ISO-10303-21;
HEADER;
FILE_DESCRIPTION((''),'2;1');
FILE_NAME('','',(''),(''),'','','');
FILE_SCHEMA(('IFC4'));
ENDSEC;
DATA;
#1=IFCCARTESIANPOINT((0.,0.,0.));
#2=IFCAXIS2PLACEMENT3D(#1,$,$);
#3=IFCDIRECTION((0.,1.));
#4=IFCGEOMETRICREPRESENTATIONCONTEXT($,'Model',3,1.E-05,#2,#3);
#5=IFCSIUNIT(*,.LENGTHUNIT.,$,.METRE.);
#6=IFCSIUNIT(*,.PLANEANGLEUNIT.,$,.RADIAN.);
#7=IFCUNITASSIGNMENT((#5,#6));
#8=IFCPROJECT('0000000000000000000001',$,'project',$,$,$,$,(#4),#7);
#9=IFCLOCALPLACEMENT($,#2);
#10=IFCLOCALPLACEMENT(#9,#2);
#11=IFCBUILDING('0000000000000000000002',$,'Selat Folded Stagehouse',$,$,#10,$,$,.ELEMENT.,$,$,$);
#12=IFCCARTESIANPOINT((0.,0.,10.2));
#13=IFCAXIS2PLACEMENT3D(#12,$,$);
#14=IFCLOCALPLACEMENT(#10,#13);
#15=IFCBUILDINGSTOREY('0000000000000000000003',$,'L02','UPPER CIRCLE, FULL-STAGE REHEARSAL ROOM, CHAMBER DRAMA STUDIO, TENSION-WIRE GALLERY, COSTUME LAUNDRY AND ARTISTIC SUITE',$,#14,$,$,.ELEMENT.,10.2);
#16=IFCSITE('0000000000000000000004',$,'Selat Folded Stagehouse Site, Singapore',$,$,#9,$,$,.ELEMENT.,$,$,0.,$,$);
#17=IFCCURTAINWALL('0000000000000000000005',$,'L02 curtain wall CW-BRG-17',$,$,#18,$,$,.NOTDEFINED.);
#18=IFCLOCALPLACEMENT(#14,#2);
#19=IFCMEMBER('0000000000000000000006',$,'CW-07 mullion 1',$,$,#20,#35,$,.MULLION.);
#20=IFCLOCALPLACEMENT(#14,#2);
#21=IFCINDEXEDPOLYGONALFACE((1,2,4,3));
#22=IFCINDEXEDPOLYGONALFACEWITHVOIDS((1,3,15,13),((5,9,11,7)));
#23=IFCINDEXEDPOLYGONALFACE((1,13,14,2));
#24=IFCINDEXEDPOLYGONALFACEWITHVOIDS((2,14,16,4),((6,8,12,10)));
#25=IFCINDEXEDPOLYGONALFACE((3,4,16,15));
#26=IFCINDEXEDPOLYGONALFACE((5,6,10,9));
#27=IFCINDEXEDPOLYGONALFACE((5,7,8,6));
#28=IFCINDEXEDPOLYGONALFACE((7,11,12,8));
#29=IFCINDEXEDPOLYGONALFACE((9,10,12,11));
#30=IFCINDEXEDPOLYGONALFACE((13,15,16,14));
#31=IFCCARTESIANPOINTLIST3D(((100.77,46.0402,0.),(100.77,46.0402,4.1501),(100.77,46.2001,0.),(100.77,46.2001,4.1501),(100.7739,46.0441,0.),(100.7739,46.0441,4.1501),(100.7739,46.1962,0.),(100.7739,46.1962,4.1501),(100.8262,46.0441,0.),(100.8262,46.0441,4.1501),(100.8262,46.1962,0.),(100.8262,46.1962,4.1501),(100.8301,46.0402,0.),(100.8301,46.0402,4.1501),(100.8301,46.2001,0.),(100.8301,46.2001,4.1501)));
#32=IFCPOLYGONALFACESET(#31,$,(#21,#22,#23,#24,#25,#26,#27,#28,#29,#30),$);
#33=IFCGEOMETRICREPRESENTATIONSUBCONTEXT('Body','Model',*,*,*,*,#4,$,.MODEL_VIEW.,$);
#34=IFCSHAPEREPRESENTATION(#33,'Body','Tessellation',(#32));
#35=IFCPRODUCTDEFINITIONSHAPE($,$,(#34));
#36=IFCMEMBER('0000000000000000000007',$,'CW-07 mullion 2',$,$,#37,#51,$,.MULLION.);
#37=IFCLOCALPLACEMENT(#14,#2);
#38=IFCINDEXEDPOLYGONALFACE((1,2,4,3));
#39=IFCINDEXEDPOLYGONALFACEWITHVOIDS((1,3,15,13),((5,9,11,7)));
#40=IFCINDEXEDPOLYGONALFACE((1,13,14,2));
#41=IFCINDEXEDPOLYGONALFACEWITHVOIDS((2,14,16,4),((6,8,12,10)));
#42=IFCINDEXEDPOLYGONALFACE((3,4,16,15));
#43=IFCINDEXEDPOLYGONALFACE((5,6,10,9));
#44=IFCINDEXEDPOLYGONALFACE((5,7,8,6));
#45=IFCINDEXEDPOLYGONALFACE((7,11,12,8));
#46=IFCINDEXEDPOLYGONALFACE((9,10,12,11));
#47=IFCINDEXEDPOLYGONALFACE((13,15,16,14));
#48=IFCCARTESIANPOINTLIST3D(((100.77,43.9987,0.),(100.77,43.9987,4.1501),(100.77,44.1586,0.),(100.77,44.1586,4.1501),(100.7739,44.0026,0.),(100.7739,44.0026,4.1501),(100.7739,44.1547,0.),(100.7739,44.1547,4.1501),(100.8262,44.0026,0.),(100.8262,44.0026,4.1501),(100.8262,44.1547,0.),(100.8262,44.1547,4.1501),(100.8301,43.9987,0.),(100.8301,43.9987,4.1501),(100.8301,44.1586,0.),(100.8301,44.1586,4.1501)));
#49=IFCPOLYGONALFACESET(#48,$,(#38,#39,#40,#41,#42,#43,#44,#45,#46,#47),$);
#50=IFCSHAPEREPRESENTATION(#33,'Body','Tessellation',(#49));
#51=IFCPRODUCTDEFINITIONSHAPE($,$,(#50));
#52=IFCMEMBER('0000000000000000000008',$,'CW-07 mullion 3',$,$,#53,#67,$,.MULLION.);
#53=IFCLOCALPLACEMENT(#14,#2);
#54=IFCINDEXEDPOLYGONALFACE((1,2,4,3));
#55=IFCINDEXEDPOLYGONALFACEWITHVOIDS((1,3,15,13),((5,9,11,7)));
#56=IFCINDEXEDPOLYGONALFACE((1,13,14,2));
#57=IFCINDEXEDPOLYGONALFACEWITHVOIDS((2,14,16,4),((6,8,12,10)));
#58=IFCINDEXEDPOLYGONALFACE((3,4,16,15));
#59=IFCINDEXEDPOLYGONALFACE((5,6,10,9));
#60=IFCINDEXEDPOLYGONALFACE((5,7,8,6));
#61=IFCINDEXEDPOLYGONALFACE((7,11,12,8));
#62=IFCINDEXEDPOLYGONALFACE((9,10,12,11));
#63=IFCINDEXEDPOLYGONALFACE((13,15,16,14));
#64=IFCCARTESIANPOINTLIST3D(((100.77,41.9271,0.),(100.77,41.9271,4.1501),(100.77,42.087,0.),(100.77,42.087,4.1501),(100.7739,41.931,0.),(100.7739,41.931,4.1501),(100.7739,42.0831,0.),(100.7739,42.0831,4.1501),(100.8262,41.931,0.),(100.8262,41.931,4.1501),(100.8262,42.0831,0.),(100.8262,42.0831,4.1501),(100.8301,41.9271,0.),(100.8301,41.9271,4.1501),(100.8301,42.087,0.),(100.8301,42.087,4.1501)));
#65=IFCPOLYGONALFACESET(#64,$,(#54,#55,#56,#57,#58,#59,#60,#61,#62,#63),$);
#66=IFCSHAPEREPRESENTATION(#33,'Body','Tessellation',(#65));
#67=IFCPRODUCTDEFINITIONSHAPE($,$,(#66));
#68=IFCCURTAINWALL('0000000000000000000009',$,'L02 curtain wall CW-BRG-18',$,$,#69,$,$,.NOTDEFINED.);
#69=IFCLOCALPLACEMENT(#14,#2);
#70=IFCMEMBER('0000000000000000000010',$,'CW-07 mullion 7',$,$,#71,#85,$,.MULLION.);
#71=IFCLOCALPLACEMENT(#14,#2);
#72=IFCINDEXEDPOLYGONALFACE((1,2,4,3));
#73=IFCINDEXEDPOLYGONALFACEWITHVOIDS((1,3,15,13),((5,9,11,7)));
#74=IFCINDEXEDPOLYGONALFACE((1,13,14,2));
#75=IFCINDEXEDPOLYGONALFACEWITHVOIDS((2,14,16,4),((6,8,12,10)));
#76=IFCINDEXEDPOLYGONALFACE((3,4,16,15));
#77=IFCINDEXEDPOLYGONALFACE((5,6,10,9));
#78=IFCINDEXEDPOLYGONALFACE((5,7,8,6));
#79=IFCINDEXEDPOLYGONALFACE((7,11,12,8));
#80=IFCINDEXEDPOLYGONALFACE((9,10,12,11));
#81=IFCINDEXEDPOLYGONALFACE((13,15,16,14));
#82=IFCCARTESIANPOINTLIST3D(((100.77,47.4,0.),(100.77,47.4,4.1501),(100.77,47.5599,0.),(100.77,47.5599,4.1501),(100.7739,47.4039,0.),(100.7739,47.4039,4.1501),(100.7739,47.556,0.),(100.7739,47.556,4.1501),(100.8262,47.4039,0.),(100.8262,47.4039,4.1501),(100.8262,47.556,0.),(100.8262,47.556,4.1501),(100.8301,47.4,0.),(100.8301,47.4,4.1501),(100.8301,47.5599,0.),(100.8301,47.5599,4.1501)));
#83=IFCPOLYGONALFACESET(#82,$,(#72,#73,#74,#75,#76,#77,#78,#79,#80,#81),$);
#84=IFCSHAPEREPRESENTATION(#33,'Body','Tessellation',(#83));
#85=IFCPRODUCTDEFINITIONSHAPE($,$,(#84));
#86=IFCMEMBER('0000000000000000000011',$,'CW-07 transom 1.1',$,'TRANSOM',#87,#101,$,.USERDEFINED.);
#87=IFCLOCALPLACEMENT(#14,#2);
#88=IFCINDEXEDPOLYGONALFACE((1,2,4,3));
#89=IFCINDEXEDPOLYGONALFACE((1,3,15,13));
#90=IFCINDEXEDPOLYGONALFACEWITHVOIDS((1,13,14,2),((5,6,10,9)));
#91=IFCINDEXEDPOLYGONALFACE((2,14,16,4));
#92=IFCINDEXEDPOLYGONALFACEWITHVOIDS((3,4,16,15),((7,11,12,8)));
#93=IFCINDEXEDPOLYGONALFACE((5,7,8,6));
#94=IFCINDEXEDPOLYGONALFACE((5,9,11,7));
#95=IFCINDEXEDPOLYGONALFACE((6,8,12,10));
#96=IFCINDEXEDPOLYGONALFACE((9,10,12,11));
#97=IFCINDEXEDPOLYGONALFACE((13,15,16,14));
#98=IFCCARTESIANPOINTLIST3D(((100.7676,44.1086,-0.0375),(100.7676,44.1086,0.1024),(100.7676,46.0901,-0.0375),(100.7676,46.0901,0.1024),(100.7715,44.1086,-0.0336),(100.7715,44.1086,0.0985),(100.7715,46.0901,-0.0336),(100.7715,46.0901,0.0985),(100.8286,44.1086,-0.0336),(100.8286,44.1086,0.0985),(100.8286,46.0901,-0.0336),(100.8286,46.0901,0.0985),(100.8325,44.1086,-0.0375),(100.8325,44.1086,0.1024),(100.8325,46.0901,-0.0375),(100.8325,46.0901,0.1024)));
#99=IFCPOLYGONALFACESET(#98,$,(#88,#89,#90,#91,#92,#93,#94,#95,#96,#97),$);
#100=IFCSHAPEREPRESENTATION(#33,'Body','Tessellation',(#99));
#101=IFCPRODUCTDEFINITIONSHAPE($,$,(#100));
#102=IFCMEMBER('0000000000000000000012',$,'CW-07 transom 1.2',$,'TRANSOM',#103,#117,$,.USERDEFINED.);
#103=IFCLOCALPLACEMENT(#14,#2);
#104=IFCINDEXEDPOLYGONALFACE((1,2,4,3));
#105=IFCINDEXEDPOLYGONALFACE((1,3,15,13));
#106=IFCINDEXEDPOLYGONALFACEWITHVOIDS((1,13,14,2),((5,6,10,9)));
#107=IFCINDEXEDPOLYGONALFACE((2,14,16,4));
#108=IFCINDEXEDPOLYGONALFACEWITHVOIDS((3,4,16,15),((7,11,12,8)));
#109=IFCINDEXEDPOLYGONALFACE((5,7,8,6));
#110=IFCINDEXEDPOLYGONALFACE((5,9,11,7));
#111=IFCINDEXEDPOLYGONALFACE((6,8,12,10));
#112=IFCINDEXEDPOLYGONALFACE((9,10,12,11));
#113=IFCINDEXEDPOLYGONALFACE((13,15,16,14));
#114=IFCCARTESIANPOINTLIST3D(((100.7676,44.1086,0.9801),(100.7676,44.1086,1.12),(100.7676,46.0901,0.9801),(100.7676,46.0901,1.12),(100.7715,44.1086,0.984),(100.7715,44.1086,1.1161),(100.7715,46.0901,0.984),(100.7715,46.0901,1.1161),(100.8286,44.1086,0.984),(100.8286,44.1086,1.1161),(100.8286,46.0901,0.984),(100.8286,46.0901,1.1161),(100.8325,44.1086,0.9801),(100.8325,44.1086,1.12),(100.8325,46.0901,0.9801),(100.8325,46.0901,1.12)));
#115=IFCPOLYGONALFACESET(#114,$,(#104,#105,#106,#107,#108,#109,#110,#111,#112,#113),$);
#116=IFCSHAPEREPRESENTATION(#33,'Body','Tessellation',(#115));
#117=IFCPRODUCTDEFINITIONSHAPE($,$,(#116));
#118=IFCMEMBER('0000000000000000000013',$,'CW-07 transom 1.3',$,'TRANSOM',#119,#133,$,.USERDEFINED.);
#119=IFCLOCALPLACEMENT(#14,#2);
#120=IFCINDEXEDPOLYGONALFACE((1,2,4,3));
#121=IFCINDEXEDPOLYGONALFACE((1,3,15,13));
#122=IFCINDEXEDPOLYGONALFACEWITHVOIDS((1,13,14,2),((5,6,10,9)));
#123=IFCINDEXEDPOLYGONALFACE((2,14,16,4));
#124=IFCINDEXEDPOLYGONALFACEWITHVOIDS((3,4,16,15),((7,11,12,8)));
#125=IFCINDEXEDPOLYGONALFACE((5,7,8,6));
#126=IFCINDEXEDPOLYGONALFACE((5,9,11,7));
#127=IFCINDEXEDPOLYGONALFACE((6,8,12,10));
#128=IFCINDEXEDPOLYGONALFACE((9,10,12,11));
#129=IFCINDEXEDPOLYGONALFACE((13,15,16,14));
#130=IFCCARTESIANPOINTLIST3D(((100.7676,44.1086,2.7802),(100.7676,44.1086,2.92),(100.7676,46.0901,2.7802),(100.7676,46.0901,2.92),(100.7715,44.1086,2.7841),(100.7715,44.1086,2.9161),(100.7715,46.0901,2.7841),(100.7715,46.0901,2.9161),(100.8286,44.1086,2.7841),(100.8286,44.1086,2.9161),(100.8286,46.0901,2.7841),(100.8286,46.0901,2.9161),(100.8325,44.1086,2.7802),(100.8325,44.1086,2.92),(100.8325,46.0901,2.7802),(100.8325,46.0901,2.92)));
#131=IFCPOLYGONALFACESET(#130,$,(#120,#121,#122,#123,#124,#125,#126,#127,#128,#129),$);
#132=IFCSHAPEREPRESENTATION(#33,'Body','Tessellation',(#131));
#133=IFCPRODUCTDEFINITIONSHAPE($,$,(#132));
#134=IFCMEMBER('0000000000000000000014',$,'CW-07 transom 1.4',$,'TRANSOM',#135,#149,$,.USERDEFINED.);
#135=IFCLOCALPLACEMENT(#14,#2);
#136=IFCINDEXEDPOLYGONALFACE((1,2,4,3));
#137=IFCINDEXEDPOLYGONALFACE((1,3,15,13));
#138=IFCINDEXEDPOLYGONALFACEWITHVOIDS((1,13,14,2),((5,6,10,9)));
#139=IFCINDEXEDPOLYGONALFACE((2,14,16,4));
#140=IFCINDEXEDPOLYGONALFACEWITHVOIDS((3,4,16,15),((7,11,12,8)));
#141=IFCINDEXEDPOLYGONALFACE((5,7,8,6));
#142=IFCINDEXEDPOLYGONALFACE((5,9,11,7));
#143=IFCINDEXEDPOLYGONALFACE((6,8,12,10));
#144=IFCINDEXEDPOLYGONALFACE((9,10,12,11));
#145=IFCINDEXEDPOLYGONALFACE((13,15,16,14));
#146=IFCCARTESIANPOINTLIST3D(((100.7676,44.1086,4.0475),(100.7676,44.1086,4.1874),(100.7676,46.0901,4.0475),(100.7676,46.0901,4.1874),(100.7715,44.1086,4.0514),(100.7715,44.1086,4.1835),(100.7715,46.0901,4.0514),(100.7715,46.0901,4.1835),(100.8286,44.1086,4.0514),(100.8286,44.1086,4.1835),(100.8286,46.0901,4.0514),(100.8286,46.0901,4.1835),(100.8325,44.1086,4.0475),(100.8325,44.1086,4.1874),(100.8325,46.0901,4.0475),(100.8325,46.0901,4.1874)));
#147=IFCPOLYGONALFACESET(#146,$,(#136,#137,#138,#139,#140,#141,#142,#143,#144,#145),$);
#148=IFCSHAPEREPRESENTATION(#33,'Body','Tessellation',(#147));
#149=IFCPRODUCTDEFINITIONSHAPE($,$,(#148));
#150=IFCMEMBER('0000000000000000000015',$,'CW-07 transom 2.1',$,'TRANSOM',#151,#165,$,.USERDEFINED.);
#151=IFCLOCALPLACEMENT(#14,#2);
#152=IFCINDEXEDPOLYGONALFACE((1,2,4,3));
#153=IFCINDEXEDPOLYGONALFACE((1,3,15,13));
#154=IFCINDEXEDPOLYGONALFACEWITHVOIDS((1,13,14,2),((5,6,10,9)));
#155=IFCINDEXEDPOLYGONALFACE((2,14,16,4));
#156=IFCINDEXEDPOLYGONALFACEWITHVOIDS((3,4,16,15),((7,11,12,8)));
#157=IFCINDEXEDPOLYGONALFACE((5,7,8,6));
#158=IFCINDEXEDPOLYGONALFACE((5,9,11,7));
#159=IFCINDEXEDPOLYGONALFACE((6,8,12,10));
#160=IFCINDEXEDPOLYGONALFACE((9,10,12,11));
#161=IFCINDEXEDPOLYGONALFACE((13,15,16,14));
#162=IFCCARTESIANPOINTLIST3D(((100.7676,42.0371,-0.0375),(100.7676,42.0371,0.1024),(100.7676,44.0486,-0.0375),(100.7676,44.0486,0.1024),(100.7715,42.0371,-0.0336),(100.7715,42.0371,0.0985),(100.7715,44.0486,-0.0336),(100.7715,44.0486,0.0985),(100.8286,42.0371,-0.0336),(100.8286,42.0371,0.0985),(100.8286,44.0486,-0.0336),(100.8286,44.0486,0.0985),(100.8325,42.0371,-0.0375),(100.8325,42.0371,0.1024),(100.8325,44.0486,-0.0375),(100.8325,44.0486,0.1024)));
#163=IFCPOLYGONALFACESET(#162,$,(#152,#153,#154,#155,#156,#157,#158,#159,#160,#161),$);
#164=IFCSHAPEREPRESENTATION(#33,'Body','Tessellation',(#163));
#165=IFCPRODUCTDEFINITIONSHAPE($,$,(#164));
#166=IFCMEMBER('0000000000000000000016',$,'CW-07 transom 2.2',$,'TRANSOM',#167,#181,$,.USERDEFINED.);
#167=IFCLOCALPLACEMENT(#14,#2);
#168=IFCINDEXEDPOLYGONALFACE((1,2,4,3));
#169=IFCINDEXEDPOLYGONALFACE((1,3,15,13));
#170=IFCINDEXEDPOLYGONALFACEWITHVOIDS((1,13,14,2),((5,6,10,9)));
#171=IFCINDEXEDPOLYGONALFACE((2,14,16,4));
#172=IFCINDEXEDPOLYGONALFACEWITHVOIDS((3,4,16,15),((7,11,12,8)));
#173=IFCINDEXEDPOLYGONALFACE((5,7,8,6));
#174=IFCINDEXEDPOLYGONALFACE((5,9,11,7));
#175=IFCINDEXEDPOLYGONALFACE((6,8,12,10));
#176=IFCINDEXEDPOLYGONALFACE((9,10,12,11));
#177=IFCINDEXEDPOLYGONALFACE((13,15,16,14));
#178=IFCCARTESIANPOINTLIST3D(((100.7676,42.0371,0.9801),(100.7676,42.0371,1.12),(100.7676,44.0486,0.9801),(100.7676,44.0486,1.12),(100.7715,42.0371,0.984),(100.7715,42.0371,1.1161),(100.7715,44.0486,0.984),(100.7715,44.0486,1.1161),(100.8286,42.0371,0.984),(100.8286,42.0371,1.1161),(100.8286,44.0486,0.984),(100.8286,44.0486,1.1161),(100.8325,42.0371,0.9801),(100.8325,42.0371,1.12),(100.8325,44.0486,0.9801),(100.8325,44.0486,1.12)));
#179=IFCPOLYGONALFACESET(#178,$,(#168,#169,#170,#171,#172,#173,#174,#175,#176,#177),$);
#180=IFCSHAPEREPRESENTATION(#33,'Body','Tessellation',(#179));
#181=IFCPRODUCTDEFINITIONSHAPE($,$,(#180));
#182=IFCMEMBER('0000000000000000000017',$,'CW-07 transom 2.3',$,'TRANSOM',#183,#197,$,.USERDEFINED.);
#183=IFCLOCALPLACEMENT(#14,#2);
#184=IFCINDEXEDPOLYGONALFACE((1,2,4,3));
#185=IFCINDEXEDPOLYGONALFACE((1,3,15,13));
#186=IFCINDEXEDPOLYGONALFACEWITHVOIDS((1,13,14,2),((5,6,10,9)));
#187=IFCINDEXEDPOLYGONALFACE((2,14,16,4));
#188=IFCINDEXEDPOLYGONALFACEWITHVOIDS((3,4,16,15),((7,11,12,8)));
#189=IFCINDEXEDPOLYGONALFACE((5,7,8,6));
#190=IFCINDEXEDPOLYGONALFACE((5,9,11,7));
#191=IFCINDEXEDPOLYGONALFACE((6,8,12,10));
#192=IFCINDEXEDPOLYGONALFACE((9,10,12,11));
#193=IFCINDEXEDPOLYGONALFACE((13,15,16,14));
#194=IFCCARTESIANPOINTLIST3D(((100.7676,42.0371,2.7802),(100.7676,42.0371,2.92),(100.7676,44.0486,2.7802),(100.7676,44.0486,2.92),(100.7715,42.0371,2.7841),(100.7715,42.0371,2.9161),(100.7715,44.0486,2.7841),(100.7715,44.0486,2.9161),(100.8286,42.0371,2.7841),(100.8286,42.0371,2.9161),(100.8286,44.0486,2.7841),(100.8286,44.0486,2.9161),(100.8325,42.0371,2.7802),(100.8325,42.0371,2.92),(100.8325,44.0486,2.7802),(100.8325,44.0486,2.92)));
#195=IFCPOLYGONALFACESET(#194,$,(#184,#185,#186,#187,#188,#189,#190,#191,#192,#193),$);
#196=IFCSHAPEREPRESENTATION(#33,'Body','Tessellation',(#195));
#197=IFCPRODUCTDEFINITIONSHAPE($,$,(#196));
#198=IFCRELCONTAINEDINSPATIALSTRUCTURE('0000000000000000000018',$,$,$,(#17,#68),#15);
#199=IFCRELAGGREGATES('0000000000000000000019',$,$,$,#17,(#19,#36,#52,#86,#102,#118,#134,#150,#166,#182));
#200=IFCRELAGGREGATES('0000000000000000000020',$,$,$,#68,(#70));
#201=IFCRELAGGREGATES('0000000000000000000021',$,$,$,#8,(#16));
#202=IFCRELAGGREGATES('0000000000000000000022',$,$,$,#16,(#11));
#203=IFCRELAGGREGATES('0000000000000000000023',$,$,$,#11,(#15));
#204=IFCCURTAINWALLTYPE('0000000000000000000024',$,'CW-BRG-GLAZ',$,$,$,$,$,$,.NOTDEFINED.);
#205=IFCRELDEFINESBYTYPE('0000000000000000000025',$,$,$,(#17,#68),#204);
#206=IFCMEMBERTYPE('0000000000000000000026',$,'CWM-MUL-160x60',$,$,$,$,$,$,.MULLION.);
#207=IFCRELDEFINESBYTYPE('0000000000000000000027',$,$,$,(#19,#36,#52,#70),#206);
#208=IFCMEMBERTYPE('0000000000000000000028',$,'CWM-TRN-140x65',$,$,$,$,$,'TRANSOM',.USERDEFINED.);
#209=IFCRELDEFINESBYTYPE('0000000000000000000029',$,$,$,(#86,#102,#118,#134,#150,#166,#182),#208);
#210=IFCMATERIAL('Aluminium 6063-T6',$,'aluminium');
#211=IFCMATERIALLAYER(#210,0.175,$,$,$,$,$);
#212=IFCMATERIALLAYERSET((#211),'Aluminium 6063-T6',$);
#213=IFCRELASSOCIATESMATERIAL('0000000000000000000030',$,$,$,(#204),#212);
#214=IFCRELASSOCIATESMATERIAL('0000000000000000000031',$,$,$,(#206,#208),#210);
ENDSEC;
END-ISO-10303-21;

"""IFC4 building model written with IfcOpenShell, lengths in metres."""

from ifc_helpers import new_model, si_unit, direction, frame, origin, origin_2d, place, context, subcontext, project, spatial, hollow_rectangle, extrude, material, layer, layer_set, material_profile, profile_set, type_object, element, aggregate, save


model = new_model("IFC4")

# Units and contexts
model_context = context("Model", 3, precision=1e-05, world=origin(), true_north=direction((0.0, 1.0)))
body_context = subcontext(model_context, "Body", "Model", "MODEL_VIEW")
ifc_project = project(units=[si_unit("LENGTHUNIT", "METRE"), si_unit("PLANEANGLEUNIT", "RADIAN")], contexts=[model_context])

# Site, building, storey
site_placement = place(None, origin())
site = spatial("IfcSite", under=ifc_project, at=site_placement, Name="Selat Folded Stagehouse Site, Singapore", CompositionType="ELEMENT", RefElevation=0.0)
building_placement = place(site_placement, origin())
building = spatial("IfcBuilding", under=site, at=building_placement, Name="Selat Folded Stagehouse", CompositionType="ELEMENT")
storey_placement = place(building_placement, frame((0.0, 0.0, 10.2)))
storey = spatial("IfcBuildingStorey", under=building, at=storey_placement, Name="L02", Description="UPPER CIRCLE, FULL-STAGE REHEARSAL ROOM, CHAMBER DRAMA STUDIO, TENSION-WIRE GALLERY, COSTUME LAUNDRY AND ARTISTIC SUITE", CompositionType="ELEMENT", Elevation=10.2)

# Curtain wall, members
ifc_material_1 = material(Name="Aluminium 6063-T6", Category="aluminium")
ifc_layer_1 = layer(ifc_material_1, 0.175)
ifc_layer_set_1 = layer_set([ifc_layer_1], Name="Aluminium 6063-T6")
curtain_wall_type = type_object("IfcCurtainWallType", Name="CW-BRG-GLAZ", PredefinedType="NOTDEFINED", material=ifc_layer_set_1)
curtain_wall_1_placement = place(storey_placement, origin())
curtain_wall_1 = element("IfcCurtainWall", 1, at=curtain_wall_1_placement, inside=storey, type_object=curtain_wall_type, Name="L02 curtain wall CW-BRG-17", PredefinedType="NOTDEFINED")
ifc_material_profile_1 = material_profile(ifc_material_1, hollow_rectangle(XDim=0.0601, YDim=0.1599, WallThickness=0.0039, at=origin_2d()), Name="ALU 160x60x4.0")
ifc_profile_set_1 = profile_set([ifc_material_profile_1], Name="Aluminium 6063-T6")
member_type_1 = type_object("IfcMemberType", Name="CWM-MUL-160x60", PredefinedType="MULLION", material=ifc_profile_set_1)
member_1_placement = place(storey_placement, frame((100.8, 46.1201, 0.0), z_axis=(0.0, 0.0, 1.0), x_axis=(1.0, 0.0, 0.0)))
member_1 = element("IfcMember", 2, at=member_1_placement, type_object=member_type_1, Name="CW-07 mullion 1", PredefinedType="MULLION", context=body_context, shape_type="SweptSolid", body=[
    extrude(hollow_rectangle(XDim=0.0601, YDim=0.1599, WallThickness=0.0039, at=origin_2d()), origin(), (0.0, 0.0, 1.0), 4.1501),
])
member_2_placement = place(storey_placement, frame((100.8, 44.0786, 0.0), z_axis=(0.0, 0.0, 1.0), x_axis=(1.0, 0.0, 0.0)))
member_2 = element("IfcMember", 3, at=member_2_placement, type_object=member_type_1, Name="CW-07 mullion 2", PredefinedType="MULLION", context=body_context, shape_type="SweptSolid", body=[
    extrude(hollow_rectangle(XDim=0.0601, YDim=0.1599, WallThickness=0.0039, at=origin_2d()), origin(), (0.0, 0.0, 1.0), 4.1501),
])
member_3_placement = place(storey_placement, frame((100.8, 42.0071, 0.0), z_axis=(0.0, 0.0, 1.0), x_axis=(1.0, 0.0, 0.0)))
member_3 = element("IfcMember", 4, at=member_3_placement, type_object=member_type_1, Name="CW-07 mullion 3", PredefinedType="MULLION", context=body_context, shape_type="SweptSolid", body=[
    extrude(hollow_rectangle(XDim=0.0601, YDim=0.1599, WallThickness=0.0039, at=origin_2d()), origin(), (0.0, 0.0, 1.0), 4.1501),
])

# Curtain wall, member
curtain_wall_2_placement = place(storey_placement, origin())
curtain_wall_2 = element("IfcCurtainWall", 5, at=curtain_wall_2_placement, inside=storey, type_object=curtain_wall_type, Name="L02 curtain wall CW-BRG-18", PredefinedType="NOTDEFINED")
member_4_placement = place(storey_placement, frame((100.8, 47.48, 0.0), z_axis=(0.0, 0.0, 1.0), x_axis=(1.0, 0.0, 0.0)))
member_4 = element("IfcMember", 6, at=member_4_placement, type_object=member_type_1, Name="CW-07 mullion 7", PredefinedType="MULLION", context=body_context, shape_type="SweptSolid", body=[
    extrude(hollow_rectangle(XDim=0.0601, YDim=0.1599, WallThickness=0.0039, at=origin_2d()), origin(), (0.0, 0.0, 1.0), 4.1501),
])

# Members
ifc_material_profile_2 = material_profile(ifc_material_1, hollow_rectangle(XDim=0.0649, YDim=0.1399, WallThickness=0.0039, at=origin_2d()), Name="ALU 140x65x4.0")
ifc_profile_set_2 = profile_set([ifc_material_profile_2], Name="Aluminium 6063-T6")
member_type_2 = type_object("IfcMemberType", Name="CWM-TRN-140x65", ElementType="TRANSOM", PredefinedType="USERDEFINED", material=ifc_profile_set_2)
member_5_placement = place(storey_placement, frame((100.8, 46.0901, 0.0325), z_axis=(0.0, -1.0, 0.0), x_axis=(1.0, 0.0, 0.0)))
member_5 = element("IfcMember", 7, at=member_5_placement, type_object=member_type_2, Name="CW-07 transom 1.1", ObjectType="TRANSOM", PredefinedType="USERDEFINED", context=body_context, shape_type="SweptSolid", body=[
    extrude(hollow_rectangle(XDim=0.0649, YDim=0.1399, WallThickness=0.0039, at=origin_2d()), origin(), (0.0, 0.0, 1.0), 1.9814),
])
member_6_placement = place(storey_placement, frame((100.8, 46.0901, 1.05), z_axis=(0.0, -1.0, 0.0), x_axis=(1.0, 0.0, 0.0)))
member_6 = element("IfcMember", 8, at=member_6_placement, type_object=member_type_2, Name="CW-07 transom 1.2", ObjectType="TRANSOM", PredefinedType="USERDEFINED", context=body_context, shape_type="SweptSolid", body=[
    extrude(hollow_rectangle(XDim=0.0649, YDim=0.1399, WallThickness=0.0039, at=origin_2d()), origin(), (0.0, 0.0, 1.0), 1.9814),
])
member_7_placement = place(storey_placement, frame((100.8, 46.0901, 2.8501), z_axis=(0.0, -1.0, 0.0), x_axis=(1.0, 0.0, 0.0)))
member_7 = element("IfcMember", 9, at=member_7_placement, type_object=member_type_2, Name="CW-07 transom 1.3", ObjectType="TRANSOM", PredefinedType="USERDEFINED", context=body_context, shape_type="SweptSolid", body=[
    extrude(hollow_rectangle(XDim=0.0649, YDim=0.1399, WallThickness=0.0039, at=origin_2d()), origin(), (0.0, 0.0, 1.0), 1.9814),
])
member_8_placement = place(storey_placement, frame((100.8, 46.0901, 4.1174), z_axis=(0.0, -1.0, 0.0), x_axis=(1.0, 0.0, 0.0)))
member_8 = element("IfcMember", 10, at=member_8_placement, type_object=member_type_2, Name="CW-07 transom 1.4", ObjectType="TRANSOM", PredefinedType="USERDEFINED", context=body_context, shape_type="SweptSolid", body=[
    extrude(hollow_rectangle(XDim=0.0649, YDim=0.1399, WallThickness=0.0039, at=origin_2d()), origin(), (0.0, 0.0, 1.0), 1.9814),
])
member_9_placement = place(storey_placement, frame((100.8, 44.0486, 0.0325), z_axis=(0.0, -1.0, 0.0), x_axis=(1.0, 0.0, 0.0)))
member_9 = element("IfcMember", 11, at=member_9_placement, type_object=member_type_2, Name="CW-07 transom 2.1", ObjectType="TRANSOM", PredefinedType="USERDEFINED", context=body_context, shape_type="SweptSolid", body=[
    extrude(hollow_rectangle(XDim=0.0649, YDim=0.1399, WallThickness=0.0039, at=origin_2d()), origin(), (0.0, 0.0, 1.0), 2.0115),
])
member_10_placement = place(storey_placement, frame((100.8, 44.0486, 1.05), z_axis=(0.0, -1.0, 0.0), x_axis=(1.0, 0.0, 0.0)))
member_10 = element("IfcMember", 12, at=member_10_placement, type_object=member_type_2, Name="CW-07 transom 2.2", ObjectType="TRANSOM", PredefinedType="USERDEFINED", context=body_context, shape_type="SweptSolid", body=[
    extrude(hollow_rectangle(XDim=0.0649, YDim=0.1399, WallThickness=0.0039, at=origin_2d()), origin(), (0.0, 0.0, 1.0), 2.0115),
])
member_11_placement = place(storey_placement, frame((100.8, 44.0486, 2.8501), z_axis=(0.0, -1.0, 0.0), x_axis=(1.0, 0.0, 0.0)))
member_11 = element("IfcMember", 13, at=member_11_placement, type_object=member_type_2, Name="CW-07 transom 2.3", ObjectType="TRANSOM", PredefinedType="USERDEFINED", context=body_context, shape_type="SweptSolid", body=[
    extrude(hollow_rectangle(XDim=0.0649, YDim=0.1399, WallThickness=0.0039, at=origin_2d()), origin(), (0.0, 0.0, 1.0), 2.0115),
])

aggregate(curtain_wall_1, [member_1, member_2, member_3, member_5, member_6, member_7, member_8, member_9, member_10, member_11])
aggregate(curtain_wall_2, [member_4])

save(model, "model.ifc")
